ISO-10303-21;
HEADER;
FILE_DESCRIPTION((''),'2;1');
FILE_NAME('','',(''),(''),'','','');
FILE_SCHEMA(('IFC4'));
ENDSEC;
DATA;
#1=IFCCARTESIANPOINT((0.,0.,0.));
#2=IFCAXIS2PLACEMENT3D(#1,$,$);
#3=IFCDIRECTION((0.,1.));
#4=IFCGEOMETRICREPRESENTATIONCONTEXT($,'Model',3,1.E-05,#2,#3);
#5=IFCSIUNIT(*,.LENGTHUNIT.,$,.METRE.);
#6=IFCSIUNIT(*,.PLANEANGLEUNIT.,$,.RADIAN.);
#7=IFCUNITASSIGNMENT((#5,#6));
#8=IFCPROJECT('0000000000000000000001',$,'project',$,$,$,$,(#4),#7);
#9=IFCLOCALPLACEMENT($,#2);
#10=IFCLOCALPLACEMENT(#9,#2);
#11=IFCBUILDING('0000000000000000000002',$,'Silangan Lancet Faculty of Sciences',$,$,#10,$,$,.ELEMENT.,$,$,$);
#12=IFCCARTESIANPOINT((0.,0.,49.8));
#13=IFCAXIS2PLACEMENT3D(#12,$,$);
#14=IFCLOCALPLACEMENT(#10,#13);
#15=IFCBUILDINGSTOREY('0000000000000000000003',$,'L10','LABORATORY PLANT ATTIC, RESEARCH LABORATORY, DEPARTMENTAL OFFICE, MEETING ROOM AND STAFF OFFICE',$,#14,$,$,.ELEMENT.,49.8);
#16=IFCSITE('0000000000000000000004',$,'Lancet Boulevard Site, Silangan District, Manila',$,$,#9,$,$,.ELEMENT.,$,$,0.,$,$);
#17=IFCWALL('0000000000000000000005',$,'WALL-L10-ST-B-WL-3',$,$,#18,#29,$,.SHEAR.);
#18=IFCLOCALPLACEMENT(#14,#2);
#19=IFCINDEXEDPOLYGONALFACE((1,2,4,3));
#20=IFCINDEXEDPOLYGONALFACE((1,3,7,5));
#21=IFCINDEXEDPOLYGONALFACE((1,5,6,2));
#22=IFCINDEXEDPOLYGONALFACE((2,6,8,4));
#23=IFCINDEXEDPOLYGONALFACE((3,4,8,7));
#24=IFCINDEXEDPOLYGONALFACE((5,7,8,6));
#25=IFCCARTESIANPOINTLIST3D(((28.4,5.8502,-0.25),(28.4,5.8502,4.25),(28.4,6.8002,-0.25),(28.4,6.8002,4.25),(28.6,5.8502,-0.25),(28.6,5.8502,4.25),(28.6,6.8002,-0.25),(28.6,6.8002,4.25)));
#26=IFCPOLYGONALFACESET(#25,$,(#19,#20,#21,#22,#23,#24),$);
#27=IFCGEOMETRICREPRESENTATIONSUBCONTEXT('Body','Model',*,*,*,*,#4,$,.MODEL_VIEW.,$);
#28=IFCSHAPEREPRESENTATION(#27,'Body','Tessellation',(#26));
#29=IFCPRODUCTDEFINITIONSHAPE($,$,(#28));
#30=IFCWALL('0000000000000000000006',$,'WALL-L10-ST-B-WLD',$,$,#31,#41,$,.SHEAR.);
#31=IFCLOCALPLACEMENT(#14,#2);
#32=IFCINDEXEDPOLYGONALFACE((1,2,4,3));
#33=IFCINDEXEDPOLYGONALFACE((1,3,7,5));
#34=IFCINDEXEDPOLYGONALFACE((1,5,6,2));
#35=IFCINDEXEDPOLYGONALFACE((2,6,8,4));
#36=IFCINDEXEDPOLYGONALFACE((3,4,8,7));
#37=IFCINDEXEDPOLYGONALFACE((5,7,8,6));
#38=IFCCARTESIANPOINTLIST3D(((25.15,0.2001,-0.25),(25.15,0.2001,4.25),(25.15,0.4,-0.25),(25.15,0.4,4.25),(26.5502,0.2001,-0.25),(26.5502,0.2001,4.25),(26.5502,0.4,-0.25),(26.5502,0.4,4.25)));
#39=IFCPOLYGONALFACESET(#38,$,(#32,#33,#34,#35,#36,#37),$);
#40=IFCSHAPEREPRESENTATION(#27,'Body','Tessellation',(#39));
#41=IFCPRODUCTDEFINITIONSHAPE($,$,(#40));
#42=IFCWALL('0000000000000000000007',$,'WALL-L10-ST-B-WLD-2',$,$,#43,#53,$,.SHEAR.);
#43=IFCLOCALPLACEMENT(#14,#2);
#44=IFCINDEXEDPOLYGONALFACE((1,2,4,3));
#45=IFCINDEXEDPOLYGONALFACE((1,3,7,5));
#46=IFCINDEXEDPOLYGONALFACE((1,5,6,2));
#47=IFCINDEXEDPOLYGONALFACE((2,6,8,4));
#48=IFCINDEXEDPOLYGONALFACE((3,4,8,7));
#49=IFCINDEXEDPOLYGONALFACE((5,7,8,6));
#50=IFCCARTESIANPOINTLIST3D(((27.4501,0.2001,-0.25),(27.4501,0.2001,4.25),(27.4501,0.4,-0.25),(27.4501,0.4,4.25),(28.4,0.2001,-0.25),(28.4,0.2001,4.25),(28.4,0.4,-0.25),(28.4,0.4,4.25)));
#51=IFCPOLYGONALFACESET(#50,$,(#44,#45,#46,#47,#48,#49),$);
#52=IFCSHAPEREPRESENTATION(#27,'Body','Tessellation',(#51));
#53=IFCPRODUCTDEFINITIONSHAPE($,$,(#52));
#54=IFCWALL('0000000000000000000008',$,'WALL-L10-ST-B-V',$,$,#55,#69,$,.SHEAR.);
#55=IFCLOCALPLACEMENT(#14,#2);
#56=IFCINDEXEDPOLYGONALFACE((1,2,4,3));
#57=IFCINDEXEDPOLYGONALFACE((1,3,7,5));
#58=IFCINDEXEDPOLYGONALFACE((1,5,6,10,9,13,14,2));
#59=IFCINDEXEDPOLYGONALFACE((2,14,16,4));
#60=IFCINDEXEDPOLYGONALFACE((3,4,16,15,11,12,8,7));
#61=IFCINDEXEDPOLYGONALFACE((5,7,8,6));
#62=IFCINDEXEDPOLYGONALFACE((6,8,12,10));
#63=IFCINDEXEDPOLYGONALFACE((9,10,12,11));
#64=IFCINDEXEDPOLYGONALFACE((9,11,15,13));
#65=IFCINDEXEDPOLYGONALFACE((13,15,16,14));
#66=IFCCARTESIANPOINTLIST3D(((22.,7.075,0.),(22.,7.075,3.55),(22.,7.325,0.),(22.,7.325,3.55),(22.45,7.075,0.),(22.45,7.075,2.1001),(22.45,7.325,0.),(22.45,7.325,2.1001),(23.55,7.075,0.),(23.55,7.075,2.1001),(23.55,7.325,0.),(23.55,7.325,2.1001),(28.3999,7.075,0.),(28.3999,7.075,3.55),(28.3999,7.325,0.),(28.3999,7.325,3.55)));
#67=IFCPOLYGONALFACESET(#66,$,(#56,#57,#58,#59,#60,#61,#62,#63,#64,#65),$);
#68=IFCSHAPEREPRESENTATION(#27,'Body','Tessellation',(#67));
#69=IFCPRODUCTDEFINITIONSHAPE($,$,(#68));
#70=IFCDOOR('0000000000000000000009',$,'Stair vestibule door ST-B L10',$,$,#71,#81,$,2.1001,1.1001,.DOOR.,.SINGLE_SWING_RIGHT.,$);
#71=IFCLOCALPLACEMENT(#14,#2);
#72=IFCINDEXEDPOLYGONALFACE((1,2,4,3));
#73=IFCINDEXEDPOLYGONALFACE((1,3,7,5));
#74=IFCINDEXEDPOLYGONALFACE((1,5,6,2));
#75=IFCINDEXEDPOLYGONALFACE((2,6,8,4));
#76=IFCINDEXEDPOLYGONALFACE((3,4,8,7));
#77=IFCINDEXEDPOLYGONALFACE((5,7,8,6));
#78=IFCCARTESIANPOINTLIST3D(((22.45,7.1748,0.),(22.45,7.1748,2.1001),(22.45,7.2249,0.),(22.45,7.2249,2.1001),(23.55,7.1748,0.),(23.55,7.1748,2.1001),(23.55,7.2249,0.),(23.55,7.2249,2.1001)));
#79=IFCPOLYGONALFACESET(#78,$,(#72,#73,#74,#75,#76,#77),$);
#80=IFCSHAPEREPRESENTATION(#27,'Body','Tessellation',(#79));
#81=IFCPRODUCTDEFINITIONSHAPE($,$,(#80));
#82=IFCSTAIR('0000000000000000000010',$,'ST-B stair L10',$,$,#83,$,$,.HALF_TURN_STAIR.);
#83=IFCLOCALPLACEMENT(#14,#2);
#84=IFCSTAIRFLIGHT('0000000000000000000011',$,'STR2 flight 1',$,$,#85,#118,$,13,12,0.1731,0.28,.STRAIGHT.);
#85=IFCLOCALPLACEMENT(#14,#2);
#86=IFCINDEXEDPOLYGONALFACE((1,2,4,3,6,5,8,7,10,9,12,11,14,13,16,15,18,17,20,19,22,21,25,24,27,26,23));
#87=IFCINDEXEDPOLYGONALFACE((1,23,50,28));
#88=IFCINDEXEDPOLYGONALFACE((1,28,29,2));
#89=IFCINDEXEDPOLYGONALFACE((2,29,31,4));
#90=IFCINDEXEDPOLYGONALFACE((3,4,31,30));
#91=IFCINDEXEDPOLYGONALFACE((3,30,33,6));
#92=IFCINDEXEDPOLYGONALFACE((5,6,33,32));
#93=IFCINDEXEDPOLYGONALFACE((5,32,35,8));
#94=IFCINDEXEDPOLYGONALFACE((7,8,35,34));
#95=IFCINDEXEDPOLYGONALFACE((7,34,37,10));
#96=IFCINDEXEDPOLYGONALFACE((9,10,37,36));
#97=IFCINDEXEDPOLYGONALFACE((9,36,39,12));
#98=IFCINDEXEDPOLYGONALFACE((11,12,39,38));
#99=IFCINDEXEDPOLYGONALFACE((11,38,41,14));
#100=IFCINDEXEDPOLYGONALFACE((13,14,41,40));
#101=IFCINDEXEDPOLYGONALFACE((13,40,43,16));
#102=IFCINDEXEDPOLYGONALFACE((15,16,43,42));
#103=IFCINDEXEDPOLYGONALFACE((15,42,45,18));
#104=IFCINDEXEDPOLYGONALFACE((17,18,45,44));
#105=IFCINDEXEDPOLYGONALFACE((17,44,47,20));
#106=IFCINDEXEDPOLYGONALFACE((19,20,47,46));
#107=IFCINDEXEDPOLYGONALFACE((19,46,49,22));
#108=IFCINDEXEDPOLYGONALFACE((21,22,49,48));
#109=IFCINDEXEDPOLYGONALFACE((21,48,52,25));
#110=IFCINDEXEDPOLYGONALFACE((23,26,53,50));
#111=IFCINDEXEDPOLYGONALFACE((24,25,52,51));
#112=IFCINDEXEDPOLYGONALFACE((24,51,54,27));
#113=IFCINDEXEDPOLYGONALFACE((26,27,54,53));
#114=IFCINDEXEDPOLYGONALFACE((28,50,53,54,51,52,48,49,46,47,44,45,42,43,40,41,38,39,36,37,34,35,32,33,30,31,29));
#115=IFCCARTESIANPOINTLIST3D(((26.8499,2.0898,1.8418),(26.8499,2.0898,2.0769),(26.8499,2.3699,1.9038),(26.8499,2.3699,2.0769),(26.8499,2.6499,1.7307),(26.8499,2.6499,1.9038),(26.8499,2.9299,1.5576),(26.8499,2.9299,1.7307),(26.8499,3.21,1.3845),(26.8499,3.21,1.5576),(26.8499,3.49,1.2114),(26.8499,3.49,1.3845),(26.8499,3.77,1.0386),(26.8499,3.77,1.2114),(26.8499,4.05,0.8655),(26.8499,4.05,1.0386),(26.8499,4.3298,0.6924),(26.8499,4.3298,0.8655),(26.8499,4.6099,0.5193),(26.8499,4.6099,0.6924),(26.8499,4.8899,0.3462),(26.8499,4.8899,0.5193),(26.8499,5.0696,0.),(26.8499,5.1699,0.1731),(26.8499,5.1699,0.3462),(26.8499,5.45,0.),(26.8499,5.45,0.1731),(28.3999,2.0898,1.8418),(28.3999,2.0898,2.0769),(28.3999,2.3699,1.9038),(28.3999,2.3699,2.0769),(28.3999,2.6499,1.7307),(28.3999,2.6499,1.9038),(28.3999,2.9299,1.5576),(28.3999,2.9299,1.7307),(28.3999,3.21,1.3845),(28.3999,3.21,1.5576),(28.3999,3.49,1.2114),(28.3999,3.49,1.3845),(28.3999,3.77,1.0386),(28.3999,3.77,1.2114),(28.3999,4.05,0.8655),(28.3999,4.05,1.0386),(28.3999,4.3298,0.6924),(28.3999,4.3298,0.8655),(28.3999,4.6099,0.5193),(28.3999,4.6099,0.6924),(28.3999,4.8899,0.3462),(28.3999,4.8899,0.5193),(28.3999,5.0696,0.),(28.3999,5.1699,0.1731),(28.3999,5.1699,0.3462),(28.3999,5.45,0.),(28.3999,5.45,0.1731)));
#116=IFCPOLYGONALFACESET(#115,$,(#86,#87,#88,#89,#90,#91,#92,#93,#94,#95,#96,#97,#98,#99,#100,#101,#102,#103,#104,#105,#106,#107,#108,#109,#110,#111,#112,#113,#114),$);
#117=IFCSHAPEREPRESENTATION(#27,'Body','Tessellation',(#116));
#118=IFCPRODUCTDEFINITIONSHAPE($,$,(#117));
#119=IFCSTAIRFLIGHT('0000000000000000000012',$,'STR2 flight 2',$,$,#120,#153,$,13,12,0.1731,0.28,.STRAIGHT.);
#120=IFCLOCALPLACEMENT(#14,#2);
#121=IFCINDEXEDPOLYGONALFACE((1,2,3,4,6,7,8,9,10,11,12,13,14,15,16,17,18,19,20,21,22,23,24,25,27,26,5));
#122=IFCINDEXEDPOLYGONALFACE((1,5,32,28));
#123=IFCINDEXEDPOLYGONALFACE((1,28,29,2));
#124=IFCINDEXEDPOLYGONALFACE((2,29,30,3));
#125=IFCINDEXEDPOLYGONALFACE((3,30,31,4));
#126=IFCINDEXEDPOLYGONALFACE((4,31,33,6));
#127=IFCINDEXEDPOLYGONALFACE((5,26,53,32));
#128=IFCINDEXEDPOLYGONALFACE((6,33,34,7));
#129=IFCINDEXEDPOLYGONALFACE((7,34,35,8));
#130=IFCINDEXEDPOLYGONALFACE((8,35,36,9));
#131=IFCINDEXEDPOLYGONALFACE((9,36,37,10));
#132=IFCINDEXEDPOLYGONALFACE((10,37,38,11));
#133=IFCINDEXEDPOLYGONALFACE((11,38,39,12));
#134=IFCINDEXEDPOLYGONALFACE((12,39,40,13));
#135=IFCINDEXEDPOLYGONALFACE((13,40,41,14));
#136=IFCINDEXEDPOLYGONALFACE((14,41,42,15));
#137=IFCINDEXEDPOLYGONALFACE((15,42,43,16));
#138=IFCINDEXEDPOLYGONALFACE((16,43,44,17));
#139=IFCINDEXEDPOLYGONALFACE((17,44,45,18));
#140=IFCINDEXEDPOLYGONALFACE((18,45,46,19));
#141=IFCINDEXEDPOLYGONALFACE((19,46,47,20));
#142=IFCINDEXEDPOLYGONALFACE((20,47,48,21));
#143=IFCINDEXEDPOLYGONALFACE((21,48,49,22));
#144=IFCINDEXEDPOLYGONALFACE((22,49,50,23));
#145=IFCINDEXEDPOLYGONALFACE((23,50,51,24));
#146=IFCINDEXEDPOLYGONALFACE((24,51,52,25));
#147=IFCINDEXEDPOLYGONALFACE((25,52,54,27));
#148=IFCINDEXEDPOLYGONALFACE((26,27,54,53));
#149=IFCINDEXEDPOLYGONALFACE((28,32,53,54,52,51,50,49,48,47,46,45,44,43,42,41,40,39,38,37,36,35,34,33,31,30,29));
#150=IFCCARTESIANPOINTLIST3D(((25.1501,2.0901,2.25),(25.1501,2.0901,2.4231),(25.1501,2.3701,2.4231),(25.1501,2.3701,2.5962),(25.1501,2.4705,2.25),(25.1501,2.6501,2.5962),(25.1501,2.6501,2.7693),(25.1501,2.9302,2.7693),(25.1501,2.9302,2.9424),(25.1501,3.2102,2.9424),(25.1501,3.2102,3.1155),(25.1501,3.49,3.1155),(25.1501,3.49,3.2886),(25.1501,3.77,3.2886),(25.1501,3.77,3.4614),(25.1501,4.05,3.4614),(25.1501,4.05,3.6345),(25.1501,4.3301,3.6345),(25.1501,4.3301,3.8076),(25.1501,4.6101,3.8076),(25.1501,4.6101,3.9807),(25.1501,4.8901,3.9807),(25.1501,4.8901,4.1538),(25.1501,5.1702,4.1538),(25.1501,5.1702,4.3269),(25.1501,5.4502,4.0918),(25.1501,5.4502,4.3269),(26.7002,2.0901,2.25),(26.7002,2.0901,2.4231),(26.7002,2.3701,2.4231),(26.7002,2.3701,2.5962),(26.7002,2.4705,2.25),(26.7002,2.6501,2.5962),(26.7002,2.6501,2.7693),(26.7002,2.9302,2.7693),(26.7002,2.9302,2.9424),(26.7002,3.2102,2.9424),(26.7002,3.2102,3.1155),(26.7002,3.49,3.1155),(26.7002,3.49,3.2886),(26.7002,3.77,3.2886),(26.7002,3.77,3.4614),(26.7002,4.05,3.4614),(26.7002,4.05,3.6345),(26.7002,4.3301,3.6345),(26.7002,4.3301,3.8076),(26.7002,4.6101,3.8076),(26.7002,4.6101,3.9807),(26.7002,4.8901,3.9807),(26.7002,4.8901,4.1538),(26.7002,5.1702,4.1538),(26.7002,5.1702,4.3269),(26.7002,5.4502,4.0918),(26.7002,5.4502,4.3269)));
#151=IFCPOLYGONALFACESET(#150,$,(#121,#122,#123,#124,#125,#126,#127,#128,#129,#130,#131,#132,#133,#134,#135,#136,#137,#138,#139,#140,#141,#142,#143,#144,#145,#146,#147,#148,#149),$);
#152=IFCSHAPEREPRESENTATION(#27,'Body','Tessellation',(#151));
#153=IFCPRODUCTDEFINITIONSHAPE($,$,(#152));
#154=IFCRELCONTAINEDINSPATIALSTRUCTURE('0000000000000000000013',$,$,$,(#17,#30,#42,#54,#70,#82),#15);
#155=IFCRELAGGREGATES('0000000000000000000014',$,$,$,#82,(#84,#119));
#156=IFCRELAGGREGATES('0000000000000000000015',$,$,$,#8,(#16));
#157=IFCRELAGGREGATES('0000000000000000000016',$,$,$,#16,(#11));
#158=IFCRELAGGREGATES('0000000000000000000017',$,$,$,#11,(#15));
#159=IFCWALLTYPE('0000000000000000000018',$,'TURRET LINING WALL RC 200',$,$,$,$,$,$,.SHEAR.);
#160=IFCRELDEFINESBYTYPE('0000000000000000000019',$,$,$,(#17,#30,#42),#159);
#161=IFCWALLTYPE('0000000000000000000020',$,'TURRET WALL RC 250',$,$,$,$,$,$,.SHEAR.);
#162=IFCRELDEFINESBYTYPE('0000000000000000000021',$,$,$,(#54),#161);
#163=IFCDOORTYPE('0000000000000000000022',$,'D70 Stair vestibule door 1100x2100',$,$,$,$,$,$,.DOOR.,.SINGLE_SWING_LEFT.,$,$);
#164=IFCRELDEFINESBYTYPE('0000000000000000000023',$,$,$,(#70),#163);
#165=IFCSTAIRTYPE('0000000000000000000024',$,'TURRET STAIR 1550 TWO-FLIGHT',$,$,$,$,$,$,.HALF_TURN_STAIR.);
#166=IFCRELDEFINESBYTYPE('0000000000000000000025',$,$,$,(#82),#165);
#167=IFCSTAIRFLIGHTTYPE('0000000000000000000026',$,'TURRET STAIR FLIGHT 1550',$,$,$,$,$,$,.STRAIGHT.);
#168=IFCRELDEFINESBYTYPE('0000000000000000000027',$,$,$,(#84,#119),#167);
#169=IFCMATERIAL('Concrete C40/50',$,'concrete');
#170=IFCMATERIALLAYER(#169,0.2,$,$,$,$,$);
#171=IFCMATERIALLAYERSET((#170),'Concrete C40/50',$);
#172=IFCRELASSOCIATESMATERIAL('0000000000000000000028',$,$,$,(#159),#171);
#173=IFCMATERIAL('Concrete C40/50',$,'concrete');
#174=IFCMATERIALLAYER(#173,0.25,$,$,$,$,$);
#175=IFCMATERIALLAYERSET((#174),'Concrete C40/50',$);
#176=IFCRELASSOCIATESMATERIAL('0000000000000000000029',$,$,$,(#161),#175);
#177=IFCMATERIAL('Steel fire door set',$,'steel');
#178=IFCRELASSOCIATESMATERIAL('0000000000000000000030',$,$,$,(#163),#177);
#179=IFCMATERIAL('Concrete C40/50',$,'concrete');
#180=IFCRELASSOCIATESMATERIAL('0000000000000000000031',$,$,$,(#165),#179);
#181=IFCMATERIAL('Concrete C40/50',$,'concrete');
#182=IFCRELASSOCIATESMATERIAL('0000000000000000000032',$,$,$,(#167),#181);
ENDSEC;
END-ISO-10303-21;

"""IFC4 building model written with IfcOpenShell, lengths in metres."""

from ifc_helpers import new_model, si_unit, direction, frame, frame_2d, origin, place, context, subcontext, project, spatial, polyline, rectangle, outline, extrude, material, layer, layer_set, type_object, element, fill, aggregate, save


model = new_model("IFC4")

# Units and contexts
model_context = context("Model", 3, precision=1e-05, world=origin(), true_north=direction((0.0, 1.0)))
body_context = subcontext(model_context, "Body", "Model", "MODEL_VIEW")
ifc_project = project(units=[si_unit("LENGTHUNIT", "METRE"), si_unit("PLANEANGLEUNIT", "RADIAN")], contexts=[model_context])

# Site, building, storey
site_placement = place(None, origin())
site = spatial("IfcSite", under=ifc_project, at=site_placement, Name="Lancet Boulevard Site, Silangan District, Manila", CompositionType="ELEMENT", RefElevation=0.0)
building_placement = place(site_placement, origin())
building = spatial("IfcBuilding", under=site, at=building_placement, Name="Silangan Lancet Faculty of Sciences", CompositionType="ELEMENT")
storey_placement = place(building_placement, frame((0.0, 0.0, 49.8)))
storey = spatial("IfcBuildingStorey", under=building, at=storey_placement, Name="L10", Description="LABORATORY PLANT ATTIC, RESEARCH LABORATORY, DEPARTMENTAL OFFICE, MEETING ROOM AND STAFF OFFICE", CompositionType="ELEMENT", Elevation=49.8)

# Walls
ifc_material_1 = material(Name="Concrete C40/50", Category="concrete")
ifc_layer_1 = layer(ifc_material_1, 0.2)
ifc_layer_set_1 = layer_set([ifc_layer_1], Name="Concrete C40/50")
wall_type_1 = type_object("IfcWallType", Name="TURRET LINING WALL RC 200", PredefinedType="SHEAR", material=ifc_layer_set_1)
wall_1_placement = place(storey_placement, frame((28.5, 5.8501, -0.25), z_axis=(0.0, 0.0, 1.0), x_axis=(0.0, 1.0, 0.0)))
element("IfcWall", 1, at=wall_1_placement, inside=storey, type_object=wall_type_1, Name="WALL-L10-ST-B-WL-3", PredefinedType="SHEAR", context=body_context, shape_type="SweptSolid", body=[
    extrude(rectangle(XDim=0.95, YDim=0.2, at=frame_2d((0.4751, 0.0))), origin(), (0.0, 0.0, 1.0), 4.5),
])
wall_2_placement = place(storey_placement, frame((25.1499, 0.3, -0.25), z_axis=(0.0, 0.0, 1.0), x_axis=(1.0, 0.0, 0.0)))
element("IfcWall", 2, at=wall_2_placement, inside=storey, type_object=wall_type_1, Name="WALL-L10-ST-B-WLD", PredefinedType="SHEAR", context=body_context, shape_type="SweptSolid", body=[
    extrude(rectangle(XDim=1.4001, YDim=0.2, at=frame_2d((0.7002, 0.0))), origin(), (0.0, 0.0, 1.0), 4.5),
])
wall_3_placement = place(storey_placement, frame((27.45, 0.3, -0.25), z_axis=(0.0, 0.0, 1.0), x_axis=(1.0, 0.0, 0.0)))
element("IfcWall", 3, at=wall_3_placement, inside=storey, type_object=wall_type_1, Name="WALL-L10-ST-B-WLD-2", PredefinedType="SHEAR", context=body_context, shape_type="SweptSolid", body=[
    extrude(rectangle(XDim=0.95, YDim=0.2, at=frame_2d((0.4751, 0.0))), origin(), (0.0, 0.0, 1.0), 4.5),
])

# Wall, opening, door
ifc_material_2 = material(Name="Concrete C40/50", Category="concrete")
ifc_layer_2 = layer(ifc_material_2, 0.25)
ifc_layer_set_2 = layer_set([ifc_layer_2], Name="Concrete C40/50")
wall_type_2 = type_object("IfcWallType", Name="TURRET WALL RC 250", PredefinedType="SHEAR", material=ifc_layer_set_2)
wall_4_placement = place(storey_placement, frame((22.0, 7.2, 0.0), z_axis=(0.0, 0.0, 1.0), x_axis=(1.0, 0.0, 0.0)))
wall_4 = element("IfcWall", 4, at=wall_4_placement, inside=storey, type_object=wall_type_2, Name="WALL-L10-ST-B-V", PredefinedType="SHEAR", context=body_context, shape_type="SweptSolid", body=[
    extrude(rectangle(XDim=6.3999, YDim=0.25, at=frame_2d((3.2, 0.0))), origin(), (0.0, 0.0, 1.0), 3.55),
])
opening_1_placement = place(wall_4_placement, frame((0.45, 0.0, 0.0)))
opening_1 = element("IfcOpeningElement", 5, at=opening_1_placement, cuts=wall_4, PredefinedType="OPENING", context=body_context, shape_type="SweptSolid", body=[
    extrude(rectangle(XDim=1.1001, YDim=2.1001, at=frame_2d((0.55, 1.05))), frame((0.0, 0.135, 0.0), z_axis=(0.0, -1.0, 0.0), x_axis=(1.0, 0.0, 0.0)), (0.0, 0.0, 1.0), 0.27),
])
ifc_material_3 = material(Name="Steel fire door set", Category="steel")
door_type_1 = type_object("IfcDoorType", Name="D70 Stair vestibule door 1100x2100", OperationType="SINGLE_SWING_LEFT", PredefinedType="DOOR", material=ifc_material_3)
door_1_placement = place(opening_1_placement, frame((1.1001, 0.0, 0.0), z_axis=(0.0, 0.0, 1.0), x_axis=(-1.0, 0.0, 0.0)))
door_1 = element("IfcDoor", 6, at=door_1_placement, inside=storey, type_object=door_type_1, Name="Stair vestibule door ST-B L10", OperationType="SINGLE_SWING_RIGHT", OverallHeight=2.1001, OverallWidth=1.1001, PredefinedType="DOOR", context=body_context, shape_type="SweptSolid", body=[
    extrude(rectangle(XDim=1.1001, YDim=2.1001, at=frame_2d((0.55, 1.05))), frame((0.0, 0.0251, 0.0), z_axis=(0.0, -1.0, 0.0), x_axis=(1.0, 0.0, 0.0)), (0.0, 0.0, 1.0), 0.05),
])
fill(opening_1, door_1)

# Stair, stair flights
ifc_material_4 = material(Name="Concrete C40/50", Category="concrete")
stair_type = type_object("IfcStairType", Name="TURRET STAIR 1550 TWO-FLIGHT", PredefinedType="HALF_TURN_STAIR", material=ifc_material_4)
stair_placement = place(storey_placement, origin())
stair = element("IfcStair", 7, at=stair_placement, inside=storey, type_object=stair_type, Name="ST-B stair L10", PredefinedType="HALF_TURN_STAIR")
ifc_material_5 = material(Name="Concrete C40/50", Category="concrete")
stair_flight_type = type_object("IfcStairFlightType", Name="TURRET STAIR FLIGHT 1550", PredefinedType="STRAIGHT", material=ifc_material_5)
stair_flight_1_placement = place(storey_placement, frame((27.625, 5.45, 0.0), z_axis=(0.0, 0.0, 1.0), x_axis=(0.0, -1.0, 0.0)))
stair_flight_1 = element("IfcStairFlight", 8, at=stair_flight_1_placement, type_object=stair_flight_type, Name="STR2 flight 1", NumberOfRisers=13, NumberOfTreads=12, PredefinedType="STRAIGHT", RiserHeight=0.1731, TreadLength=0.28, context=body_context, shape_type="SweptSolid", body=[
    extrude(outline(polyline([(0.0, 0.0), (0.0, 0.1731), (0.28, 0.1731), (0.28, 0.3462), (0.5601, 0.3462), (0.5601, 0.5193), (0.8401, 0.5193), (0.8401, 0.6924), (1.1201, 0.6924), (1.1201, 0.8655), (1.3999, 0.8655), (1.3999, 1.0386), (1.6799, 1.0386), (1.6799, 1.2114), (1.96, 1.2114), (1.96, 1.3845), (2.24, 1.3845), (2.24, 1.5576), (2.52, 1.5576), (2.52, 1.7307), (2.8, 1.7307), (2.8, 1.9038), (3.0801, 1.9038), (3.0801, 2.0769), (3.3601, 2.0769), (3.3601, 2.25), (3.3601, 1.8418), (0.3804, 0.0), (0.0, 0.0)])), frame((0.0, 0.7749, 0.0), z_axis=(0.0, -1.0, 0.0), x_axis=(1.0, 0.0, 0.0)), (0.0, 0.0, 1.0), 1.55),
])
stair_flight_2_placement = place(storey_placement, frame((25.925, 2.0901, 2.25), z_axis=(0.0, 0.0, 1.0), x_axis=(0.0, 1.0, 0.0)))
stair_flight_2 = element("IfcStairFlight", 9, at=stair_flight_2_placement, type_object=stair_flight_type, Name="STR2 flight 2", NumberOfRisers=13, NumberOfTreads=12, PredefinedType="STRAIGHT", RiserHeight=0.1731, TreadLength=0.28, context=body_context, shape_type="SweptSolid", body=[
    extrude(outline(polyline([(0.0, 0.0), (0.0, 0.1731), (0.28, 0.1731), (0.28, 0.3462), (0.5601, 0.3462), (0.5601, 0.5193), (0.8401, 0.5193), (0.8401, 0.6924), (1.1201, 0.6924), (1.1201, 0.8655), (1.3999, 0.8655), (1.3999, 1.0386), (1.6799, 1.0386), (1.6799, 1.2114), (1.96, 1.2114), (1.96, 1.3845), (2.24, 1.3845), (2.24, 1.5576), (2.52, 1.5576), (2.52, 1.7307), (2.8, 1.7307), (2.8, 1.9038), (3.0801, 1.9038), (3.0801, 2.0769), (3.3601, 2.0769), (3.3601, 2.25), (3.3601, 1.8418), (0.3804, 0.0), (0.0, 0.0)])), frame((0.0, 0.7749, 0.0), z_axis=(0.0, -1.0, 0.0), x_axis=(1.0, 0.0, 0.0)), (0.0, 0.0, 1.0), 1.55),
])
aggregate(stair, [stair_flight_1, stair_flight_2])

save(model, "model.ifc")
